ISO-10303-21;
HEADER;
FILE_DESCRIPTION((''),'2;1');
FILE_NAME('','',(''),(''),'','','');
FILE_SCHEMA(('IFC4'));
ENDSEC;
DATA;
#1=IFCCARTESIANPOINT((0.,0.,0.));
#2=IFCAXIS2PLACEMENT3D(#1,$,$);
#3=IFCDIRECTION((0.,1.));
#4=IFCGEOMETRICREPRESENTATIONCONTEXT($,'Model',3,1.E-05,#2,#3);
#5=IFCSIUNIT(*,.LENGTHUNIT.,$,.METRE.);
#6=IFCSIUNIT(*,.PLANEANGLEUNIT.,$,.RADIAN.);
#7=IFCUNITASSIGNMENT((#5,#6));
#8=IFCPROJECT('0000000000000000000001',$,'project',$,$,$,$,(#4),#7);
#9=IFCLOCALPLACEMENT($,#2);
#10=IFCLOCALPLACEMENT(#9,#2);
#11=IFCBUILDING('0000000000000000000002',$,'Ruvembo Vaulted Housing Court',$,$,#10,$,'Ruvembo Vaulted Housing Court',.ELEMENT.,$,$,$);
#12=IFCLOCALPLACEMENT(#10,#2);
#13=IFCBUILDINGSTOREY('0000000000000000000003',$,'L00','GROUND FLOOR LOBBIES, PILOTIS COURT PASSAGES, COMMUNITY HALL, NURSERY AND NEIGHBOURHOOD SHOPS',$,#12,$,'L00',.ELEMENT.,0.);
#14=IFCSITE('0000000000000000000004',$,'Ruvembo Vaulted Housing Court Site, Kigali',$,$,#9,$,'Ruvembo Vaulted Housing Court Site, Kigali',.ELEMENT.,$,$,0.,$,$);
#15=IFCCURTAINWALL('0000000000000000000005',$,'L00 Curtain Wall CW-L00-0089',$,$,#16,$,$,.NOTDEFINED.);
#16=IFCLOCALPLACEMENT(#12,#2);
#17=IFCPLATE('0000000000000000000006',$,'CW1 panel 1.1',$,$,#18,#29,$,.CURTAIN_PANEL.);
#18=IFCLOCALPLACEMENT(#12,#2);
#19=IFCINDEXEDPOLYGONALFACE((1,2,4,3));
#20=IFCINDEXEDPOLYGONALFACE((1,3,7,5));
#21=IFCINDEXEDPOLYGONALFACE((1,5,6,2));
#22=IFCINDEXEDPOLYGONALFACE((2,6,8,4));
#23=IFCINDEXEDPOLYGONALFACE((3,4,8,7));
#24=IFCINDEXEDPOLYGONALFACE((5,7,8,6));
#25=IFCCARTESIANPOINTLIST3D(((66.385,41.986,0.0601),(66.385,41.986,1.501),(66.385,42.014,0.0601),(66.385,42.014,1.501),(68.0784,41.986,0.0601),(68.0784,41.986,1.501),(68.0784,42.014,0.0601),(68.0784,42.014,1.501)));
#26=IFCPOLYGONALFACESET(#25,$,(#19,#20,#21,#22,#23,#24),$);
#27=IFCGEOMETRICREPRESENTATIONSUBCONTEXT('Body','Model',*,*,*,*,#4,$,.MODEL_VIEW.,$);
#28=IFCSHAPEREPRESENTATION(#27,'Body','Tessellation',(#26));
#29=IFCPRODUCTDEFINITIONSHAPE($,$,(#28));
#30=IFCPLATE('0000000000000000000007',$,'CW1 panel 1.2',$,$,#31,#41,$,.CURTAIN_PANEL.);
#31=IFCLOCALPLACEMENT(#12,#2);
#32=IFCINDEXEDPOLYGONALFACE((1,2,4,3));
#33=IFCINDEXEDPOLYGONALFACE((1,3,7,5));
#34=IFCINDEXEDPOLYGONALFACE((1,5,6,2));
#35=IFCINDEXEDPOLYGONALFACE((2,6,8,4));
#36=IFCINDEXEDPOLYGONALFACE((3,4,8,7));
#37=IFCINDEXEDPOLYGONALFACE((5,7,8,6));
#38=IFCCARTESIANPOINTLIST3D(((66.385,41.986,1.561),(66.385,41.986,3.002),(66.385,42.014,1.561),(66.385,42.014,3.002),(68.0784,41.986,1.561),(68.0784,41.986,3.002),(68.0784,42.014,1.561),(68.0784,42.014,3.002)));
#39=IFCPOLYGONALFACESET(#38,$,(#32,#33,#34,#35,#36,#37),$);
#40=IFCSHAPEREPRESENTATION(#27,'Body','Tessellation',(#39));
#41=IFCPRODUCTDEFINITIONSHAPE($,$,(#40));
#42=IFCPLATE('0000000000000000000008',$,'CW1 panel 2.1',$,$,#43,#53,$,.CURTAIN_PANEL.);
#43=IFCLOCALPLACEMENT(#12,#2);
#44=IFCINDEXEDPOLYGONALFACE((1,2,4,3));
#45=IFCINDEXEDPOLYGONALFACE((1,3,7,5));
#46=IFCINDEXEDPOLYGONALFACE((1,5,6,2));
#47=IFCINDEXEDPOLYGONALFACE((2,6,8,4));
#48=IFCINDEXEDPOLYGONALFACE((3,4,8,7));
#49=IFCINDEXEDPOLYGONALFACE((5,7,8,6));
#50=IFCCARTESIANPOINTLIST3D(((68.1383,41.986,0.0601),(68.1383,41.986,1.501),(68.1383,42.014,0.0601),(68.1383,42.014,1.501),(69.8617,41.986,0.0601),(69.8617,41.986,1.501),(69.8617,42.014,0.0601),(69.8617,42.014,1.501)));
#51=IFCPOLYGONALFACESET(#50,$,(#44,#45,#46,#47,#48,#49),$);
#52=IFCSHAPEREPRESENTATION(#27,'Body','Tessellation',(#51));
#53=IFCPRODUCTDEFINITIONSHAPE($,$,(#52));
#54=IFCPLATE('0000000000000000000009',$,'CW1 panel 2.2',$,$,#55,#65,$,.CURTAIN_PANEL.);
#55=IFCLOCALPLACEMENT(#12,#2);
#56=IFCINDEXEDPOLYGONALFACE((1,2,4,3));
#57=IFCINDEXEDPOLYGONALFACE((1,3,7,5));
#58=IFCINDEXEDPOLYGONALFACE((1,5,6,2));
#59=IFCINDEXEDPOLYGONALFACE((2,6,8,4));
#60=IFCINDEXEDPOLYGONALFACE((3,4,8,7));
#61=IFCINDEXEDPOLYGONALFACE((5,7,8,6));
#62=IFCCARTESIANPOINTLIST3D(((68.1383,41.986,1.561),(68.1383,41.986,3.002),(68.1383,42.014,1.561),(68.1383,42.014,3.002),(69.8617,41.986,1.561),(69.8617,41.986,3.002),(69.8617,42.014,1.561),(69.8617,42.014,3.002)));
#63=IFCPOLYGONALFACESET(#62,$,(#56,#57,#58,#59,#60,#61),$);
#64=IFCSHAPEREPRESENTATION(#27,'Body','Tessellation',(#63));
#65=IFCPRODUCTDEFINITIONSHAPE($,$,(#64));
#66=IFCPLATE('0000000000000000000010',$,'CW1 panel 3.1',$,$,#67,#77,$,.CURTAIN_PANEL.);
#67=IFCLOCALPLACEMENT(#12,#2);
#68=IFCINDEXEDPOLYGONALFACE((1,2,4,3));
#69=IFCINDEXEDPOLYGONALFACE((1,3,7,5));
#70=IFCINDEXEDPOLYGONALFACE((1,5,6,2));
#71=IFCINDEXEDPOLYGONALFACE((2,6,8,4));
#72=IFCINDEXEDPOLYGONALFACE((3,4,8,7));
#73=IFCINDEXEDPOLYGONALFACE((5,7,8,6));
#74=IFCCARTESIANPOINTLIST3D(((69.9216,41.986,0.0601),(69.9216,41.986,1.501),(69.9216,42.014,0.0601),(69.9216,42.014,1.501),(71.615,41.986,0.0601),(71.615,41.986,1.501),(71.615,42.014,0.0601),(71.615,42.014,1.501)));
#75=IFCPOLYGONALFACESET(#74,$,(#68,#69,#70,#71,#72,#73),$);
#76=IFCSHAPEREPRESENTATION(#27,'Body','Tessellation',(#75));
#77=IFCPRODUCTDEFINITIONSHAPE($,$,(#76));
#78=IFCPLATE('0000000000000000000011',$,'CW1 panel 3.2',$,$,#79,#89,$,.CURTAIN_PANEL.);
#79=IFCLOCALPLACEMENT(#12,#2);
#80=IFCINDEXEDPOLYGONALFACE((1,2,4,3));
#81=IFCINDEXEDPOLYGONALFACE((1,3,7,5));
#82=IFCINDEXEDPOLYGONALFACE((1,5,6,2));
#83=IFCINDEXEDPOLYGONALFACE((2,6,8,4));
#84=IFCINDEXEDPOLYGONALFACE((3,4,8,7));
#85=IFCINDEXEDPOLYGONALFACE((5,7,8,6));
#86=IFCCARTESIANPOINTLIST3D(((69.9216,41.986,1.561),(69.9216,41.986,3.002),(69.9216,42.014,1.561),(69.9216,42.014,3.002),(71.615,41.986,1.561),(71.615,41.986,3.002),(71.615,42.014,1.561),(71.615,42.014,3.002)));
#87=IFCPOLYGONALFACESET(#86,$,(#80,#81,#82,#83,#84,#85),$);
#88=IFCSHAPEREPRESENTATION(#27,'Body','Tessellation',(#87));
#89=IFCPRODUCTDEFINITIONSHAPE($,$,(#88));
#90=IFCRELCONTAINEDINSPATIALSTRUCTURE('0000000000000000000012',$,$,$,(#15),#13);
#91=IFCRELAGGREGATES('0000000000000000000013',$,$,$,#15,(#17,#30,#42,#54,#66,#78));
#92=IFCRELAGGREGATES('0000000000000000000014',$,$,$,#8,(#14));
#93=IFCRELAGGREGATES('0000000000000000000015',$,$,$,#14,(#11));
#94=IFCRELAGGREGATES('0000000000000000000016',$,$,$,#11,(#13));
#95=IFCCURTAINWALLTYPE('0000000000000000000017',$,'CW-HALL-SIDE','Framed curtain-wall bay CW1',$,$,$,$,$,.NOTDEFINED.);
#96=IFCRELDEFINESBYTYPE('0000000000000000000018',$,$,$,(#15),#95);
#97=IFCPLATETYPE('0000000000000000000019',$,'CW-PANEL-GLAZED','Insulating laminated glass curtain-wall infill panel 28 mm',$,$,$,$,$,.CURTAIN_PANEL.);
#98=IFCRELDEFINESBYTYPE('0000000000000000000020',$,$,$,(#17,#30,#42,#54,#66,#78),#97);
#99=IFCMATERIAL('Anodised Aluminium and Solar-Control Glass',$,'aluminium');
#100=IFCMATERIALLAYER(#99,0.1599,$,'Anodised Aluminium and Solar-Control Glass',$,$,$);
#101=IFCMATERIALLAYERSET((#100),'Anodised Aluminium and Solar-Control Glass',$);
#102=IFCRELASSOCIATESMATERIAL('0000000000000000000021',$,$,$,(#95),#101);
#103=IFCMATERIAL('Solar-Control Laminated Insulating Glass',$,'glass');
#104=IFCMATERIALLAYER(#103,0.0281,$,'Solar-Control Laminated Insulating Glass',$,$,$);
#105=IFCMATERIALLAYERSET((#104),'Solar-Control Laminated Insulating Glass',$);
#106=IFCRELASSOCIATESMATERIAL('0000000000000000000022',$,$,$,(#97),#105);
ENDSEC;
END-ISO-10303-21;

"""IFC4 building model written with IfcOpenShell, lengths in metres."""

from ifc_helpers import new_model, si_unit, direction, frame, origin, origin_2d, place, context, subcontext, project, spatial, rectangle, extrude, material, layer, layer_set, type_object, element, aggregate, save


model = new_model("IFC4")

# Units and contexts
model_context = context("Model", 3, precision=1e-05, world=origin(), true_north=direction((0.0, 1.0)))
body_context = subcontext(model_context, "Body", "Model", "MODEL_VIEW")
ifc_project = project(units=[si_unit("LENGTHUNIT", "METRE"), si_unit("PLANEANGLEUNIT", "RADIAN")], contexts=[model_context])

# Site, building, storey
site_placement = place(None, origin())
site = spatial("IfcSite", under=ifc_project, at=site_placement, Name="Ruvembo Vaulted Housing Court Site, Kigali", LongName="Ruvembo Vaulted Housing Court Site, Kigali", CompositionType="ELEMENT", RefElevation=0.0)
building_placement = place(site_placement, origin())
building = spatial("IfcBuilding", under=site, at=building_placement, Name="Ruvembo Vaulted Housing Court", LongName="Ruvembo Vaulted Housing Court", CompositionType="ELEMENT")
storey_placement = place(building_placement, origin())
storey = spatial("IfcBuildingStorey", under=building, at=storey_placement, Name="L00", Description="GROUND FLOOR LOBBIES, PILOTIS COURT PASSAGES, COMMUNITY HALL, NURSERY AND NEIGHBOURHOOD SHOPS", LongName="L00", CompositionType="ELEMENT", Elevation=0.0)

# Curtain wall
ifc_material_1 = material(Name="Anodised Aluminium and Solar-Control Glass", Category="aluminium")
ifc_layer_1 = layer(ifc_material_1, 0.1599, Name="Anodised Aluminium and Solar-Control Glass")
ifc_layer_set_1 = layer_set([ifc_layer_1], Name="Anodised Aluminium and Solar-Control Glass")
curtain_wall_type = type_object("IfcCurtainWallType", Name="CW-HALL-SIDE", Description="Framed curtain-wall bay CW1", PredefinedType="NOTDEFINED", material=ifc_layer_set_1)
curtain_wall_1_placement = place(storey_placement, origin())
curtain_wall_1 = element("IfcCurtainWall", 1, at=curtain_wall_1_placement, inside=storey, type_object=curtain_wall_type, Name="L00 Curtain Wall CW-L00-0089", PredefinedType="NOTDEFINED")

# Plates
ifc_material_2 = material(Name="Solar-Control Laminated Insulating Glass", Category="glass")
ifc_layer_2 = layer(ifc_material_2, 0.0281, Name="Solar-Control Laminated Insulating Glass")
ifc_layer_set_2 = layer_set([ifc_layer_2], Name="Solar-Control Laminated Insulating Glass")
plate_type_1 = type_object("IfcPlateType", Name="CW-PANEL-GLAZED", Description="Insulating laminated glass curtain-wall infill panel 28 mm", PredefinedType="CURTAIN_PANEL", material=ifc_layer_set_2)
plate_1_placement = place(storey_placement, frame((67.2317, 42.0, 0.0601), z_axis=(0.0, 0.0, 1.0), x_axis=(1.0, 0.0, 0.0)))
plate_1 = element("IfcPlate", 2, at=plate_1_placement, type_object=plate_type_1, Name="CW1 panel 1.1", PredefinedType="CURTAIN_PANEL", context=body_context, shape_type="SweptSolid", body=[
    extrude(rectangle(XDim=1.6934, YDim=0.0281, at=origin_2d()), origin(), (0.0, 0.0, 1.0), 1.4409),
])
plate_2_placement = place(storey_placement, frame((67.2317, 42.0, 1.561), z_axis=(0.0, 0.0, 1.0), x_axis=(1.0, 0.0, 0.0)))
plate_2 = element("IfcPlate", 3, at=plate_2_placement, type_object=plate_type_1, Name="CW1 panel 1.2", PredefinedType="CURTAIN_PANEL", context=body_context, shape_type="SweptSolid", body=[
    extrude(rectangle(XDim=1.6934, YDim=0.0281, at=origin_2d()), origin(), (0.0, 0.0, 1.0), 1.4409),
])
plate_3_placement = place(storey_placement, frame((69.0, 42.0, 0.0601), z_axis=(0.0, 0.0, 1.0), x_axis=(1.0, 0.0, 0.0)))
plate_3 = element("IfcPlate", 4, at=plate_3_placement, type_object=plate_type_1, Name="CW1 panel 2.1", PredefinedType="CURTAIN_PANEL", context=body_context, shape_type="SweptSolid", body=[
    extrude(rectangle(XDim=1.7234, YDim=0.0281, at=origin_2d()), origin(), (0.0, 0.0, 1.0), 1.4409),
])
plate_4_placement = place(storey_placement, frame((69.0, 42.0, 1.561), z_axis=(0.0, 0.0, 1.0), x_axis=(1.0, 0.0, 0.0)))
plate_4 = element("IfcPlate", 5, at=plate_4_placement, type_object=plate_type_1, Name="CW1 panel 2.2", PredefinedType="CURTAIN_PANEL", context=body_context, shape_type="SweptSolid", body=[
    extrude(rectangle(XDim=1.7234, YDim=0.0281, at=origin_2d()), origin(), (0.0, 0.0, 1.0), 1.4409),
])
plate_5_placement = place(storey_placement, frame((70.7683, 42.0, 0.0601), z_axis=(0.0, 0.0, 1.0), x_axis=(1.0, 0.0, 0.0)))
plate_5 = element("IfcPlate", 6, at=plate_5_placement, type_object=plate_type_1, Name="CW1 panel 3.1", PredefinedType="CURTAIN_PANEL", context=body_context, shape_type="SweptSolid", body=[
    extrude(rectangle(XDim=1.6934, YDim=0.0281, at=origin_2d()), origin(), (0.0, 0.0, 1.0), 1.4409),
])
plate_6_placement = place(storey_placement, frame((70.7683, 42.0, 1.561), z_axis=(0.0, 0.0, 1.0), x_axis=(1.0, 0.0, 0.0)))
plate_6 = element("IfcPlate", 7, at=plate_6_placement, type_object=plate_type_1, Name="CW1 panel 3.2", PredefinedType="CURTAIN_PANEL", context=body_context, shape_type="SweptSolid", body=[
    extrude(rectangle(XDim=1.6934, YDim=0.0281, at=origin_2d()), origin(), (0.0, 0.0, 1.0), 1.4409),
])
aggregate(curtain_wall_1, [plate_1, plate_2, plate_3, plate_4, plate_5, plate_6])

save(model, "model.ifc")
